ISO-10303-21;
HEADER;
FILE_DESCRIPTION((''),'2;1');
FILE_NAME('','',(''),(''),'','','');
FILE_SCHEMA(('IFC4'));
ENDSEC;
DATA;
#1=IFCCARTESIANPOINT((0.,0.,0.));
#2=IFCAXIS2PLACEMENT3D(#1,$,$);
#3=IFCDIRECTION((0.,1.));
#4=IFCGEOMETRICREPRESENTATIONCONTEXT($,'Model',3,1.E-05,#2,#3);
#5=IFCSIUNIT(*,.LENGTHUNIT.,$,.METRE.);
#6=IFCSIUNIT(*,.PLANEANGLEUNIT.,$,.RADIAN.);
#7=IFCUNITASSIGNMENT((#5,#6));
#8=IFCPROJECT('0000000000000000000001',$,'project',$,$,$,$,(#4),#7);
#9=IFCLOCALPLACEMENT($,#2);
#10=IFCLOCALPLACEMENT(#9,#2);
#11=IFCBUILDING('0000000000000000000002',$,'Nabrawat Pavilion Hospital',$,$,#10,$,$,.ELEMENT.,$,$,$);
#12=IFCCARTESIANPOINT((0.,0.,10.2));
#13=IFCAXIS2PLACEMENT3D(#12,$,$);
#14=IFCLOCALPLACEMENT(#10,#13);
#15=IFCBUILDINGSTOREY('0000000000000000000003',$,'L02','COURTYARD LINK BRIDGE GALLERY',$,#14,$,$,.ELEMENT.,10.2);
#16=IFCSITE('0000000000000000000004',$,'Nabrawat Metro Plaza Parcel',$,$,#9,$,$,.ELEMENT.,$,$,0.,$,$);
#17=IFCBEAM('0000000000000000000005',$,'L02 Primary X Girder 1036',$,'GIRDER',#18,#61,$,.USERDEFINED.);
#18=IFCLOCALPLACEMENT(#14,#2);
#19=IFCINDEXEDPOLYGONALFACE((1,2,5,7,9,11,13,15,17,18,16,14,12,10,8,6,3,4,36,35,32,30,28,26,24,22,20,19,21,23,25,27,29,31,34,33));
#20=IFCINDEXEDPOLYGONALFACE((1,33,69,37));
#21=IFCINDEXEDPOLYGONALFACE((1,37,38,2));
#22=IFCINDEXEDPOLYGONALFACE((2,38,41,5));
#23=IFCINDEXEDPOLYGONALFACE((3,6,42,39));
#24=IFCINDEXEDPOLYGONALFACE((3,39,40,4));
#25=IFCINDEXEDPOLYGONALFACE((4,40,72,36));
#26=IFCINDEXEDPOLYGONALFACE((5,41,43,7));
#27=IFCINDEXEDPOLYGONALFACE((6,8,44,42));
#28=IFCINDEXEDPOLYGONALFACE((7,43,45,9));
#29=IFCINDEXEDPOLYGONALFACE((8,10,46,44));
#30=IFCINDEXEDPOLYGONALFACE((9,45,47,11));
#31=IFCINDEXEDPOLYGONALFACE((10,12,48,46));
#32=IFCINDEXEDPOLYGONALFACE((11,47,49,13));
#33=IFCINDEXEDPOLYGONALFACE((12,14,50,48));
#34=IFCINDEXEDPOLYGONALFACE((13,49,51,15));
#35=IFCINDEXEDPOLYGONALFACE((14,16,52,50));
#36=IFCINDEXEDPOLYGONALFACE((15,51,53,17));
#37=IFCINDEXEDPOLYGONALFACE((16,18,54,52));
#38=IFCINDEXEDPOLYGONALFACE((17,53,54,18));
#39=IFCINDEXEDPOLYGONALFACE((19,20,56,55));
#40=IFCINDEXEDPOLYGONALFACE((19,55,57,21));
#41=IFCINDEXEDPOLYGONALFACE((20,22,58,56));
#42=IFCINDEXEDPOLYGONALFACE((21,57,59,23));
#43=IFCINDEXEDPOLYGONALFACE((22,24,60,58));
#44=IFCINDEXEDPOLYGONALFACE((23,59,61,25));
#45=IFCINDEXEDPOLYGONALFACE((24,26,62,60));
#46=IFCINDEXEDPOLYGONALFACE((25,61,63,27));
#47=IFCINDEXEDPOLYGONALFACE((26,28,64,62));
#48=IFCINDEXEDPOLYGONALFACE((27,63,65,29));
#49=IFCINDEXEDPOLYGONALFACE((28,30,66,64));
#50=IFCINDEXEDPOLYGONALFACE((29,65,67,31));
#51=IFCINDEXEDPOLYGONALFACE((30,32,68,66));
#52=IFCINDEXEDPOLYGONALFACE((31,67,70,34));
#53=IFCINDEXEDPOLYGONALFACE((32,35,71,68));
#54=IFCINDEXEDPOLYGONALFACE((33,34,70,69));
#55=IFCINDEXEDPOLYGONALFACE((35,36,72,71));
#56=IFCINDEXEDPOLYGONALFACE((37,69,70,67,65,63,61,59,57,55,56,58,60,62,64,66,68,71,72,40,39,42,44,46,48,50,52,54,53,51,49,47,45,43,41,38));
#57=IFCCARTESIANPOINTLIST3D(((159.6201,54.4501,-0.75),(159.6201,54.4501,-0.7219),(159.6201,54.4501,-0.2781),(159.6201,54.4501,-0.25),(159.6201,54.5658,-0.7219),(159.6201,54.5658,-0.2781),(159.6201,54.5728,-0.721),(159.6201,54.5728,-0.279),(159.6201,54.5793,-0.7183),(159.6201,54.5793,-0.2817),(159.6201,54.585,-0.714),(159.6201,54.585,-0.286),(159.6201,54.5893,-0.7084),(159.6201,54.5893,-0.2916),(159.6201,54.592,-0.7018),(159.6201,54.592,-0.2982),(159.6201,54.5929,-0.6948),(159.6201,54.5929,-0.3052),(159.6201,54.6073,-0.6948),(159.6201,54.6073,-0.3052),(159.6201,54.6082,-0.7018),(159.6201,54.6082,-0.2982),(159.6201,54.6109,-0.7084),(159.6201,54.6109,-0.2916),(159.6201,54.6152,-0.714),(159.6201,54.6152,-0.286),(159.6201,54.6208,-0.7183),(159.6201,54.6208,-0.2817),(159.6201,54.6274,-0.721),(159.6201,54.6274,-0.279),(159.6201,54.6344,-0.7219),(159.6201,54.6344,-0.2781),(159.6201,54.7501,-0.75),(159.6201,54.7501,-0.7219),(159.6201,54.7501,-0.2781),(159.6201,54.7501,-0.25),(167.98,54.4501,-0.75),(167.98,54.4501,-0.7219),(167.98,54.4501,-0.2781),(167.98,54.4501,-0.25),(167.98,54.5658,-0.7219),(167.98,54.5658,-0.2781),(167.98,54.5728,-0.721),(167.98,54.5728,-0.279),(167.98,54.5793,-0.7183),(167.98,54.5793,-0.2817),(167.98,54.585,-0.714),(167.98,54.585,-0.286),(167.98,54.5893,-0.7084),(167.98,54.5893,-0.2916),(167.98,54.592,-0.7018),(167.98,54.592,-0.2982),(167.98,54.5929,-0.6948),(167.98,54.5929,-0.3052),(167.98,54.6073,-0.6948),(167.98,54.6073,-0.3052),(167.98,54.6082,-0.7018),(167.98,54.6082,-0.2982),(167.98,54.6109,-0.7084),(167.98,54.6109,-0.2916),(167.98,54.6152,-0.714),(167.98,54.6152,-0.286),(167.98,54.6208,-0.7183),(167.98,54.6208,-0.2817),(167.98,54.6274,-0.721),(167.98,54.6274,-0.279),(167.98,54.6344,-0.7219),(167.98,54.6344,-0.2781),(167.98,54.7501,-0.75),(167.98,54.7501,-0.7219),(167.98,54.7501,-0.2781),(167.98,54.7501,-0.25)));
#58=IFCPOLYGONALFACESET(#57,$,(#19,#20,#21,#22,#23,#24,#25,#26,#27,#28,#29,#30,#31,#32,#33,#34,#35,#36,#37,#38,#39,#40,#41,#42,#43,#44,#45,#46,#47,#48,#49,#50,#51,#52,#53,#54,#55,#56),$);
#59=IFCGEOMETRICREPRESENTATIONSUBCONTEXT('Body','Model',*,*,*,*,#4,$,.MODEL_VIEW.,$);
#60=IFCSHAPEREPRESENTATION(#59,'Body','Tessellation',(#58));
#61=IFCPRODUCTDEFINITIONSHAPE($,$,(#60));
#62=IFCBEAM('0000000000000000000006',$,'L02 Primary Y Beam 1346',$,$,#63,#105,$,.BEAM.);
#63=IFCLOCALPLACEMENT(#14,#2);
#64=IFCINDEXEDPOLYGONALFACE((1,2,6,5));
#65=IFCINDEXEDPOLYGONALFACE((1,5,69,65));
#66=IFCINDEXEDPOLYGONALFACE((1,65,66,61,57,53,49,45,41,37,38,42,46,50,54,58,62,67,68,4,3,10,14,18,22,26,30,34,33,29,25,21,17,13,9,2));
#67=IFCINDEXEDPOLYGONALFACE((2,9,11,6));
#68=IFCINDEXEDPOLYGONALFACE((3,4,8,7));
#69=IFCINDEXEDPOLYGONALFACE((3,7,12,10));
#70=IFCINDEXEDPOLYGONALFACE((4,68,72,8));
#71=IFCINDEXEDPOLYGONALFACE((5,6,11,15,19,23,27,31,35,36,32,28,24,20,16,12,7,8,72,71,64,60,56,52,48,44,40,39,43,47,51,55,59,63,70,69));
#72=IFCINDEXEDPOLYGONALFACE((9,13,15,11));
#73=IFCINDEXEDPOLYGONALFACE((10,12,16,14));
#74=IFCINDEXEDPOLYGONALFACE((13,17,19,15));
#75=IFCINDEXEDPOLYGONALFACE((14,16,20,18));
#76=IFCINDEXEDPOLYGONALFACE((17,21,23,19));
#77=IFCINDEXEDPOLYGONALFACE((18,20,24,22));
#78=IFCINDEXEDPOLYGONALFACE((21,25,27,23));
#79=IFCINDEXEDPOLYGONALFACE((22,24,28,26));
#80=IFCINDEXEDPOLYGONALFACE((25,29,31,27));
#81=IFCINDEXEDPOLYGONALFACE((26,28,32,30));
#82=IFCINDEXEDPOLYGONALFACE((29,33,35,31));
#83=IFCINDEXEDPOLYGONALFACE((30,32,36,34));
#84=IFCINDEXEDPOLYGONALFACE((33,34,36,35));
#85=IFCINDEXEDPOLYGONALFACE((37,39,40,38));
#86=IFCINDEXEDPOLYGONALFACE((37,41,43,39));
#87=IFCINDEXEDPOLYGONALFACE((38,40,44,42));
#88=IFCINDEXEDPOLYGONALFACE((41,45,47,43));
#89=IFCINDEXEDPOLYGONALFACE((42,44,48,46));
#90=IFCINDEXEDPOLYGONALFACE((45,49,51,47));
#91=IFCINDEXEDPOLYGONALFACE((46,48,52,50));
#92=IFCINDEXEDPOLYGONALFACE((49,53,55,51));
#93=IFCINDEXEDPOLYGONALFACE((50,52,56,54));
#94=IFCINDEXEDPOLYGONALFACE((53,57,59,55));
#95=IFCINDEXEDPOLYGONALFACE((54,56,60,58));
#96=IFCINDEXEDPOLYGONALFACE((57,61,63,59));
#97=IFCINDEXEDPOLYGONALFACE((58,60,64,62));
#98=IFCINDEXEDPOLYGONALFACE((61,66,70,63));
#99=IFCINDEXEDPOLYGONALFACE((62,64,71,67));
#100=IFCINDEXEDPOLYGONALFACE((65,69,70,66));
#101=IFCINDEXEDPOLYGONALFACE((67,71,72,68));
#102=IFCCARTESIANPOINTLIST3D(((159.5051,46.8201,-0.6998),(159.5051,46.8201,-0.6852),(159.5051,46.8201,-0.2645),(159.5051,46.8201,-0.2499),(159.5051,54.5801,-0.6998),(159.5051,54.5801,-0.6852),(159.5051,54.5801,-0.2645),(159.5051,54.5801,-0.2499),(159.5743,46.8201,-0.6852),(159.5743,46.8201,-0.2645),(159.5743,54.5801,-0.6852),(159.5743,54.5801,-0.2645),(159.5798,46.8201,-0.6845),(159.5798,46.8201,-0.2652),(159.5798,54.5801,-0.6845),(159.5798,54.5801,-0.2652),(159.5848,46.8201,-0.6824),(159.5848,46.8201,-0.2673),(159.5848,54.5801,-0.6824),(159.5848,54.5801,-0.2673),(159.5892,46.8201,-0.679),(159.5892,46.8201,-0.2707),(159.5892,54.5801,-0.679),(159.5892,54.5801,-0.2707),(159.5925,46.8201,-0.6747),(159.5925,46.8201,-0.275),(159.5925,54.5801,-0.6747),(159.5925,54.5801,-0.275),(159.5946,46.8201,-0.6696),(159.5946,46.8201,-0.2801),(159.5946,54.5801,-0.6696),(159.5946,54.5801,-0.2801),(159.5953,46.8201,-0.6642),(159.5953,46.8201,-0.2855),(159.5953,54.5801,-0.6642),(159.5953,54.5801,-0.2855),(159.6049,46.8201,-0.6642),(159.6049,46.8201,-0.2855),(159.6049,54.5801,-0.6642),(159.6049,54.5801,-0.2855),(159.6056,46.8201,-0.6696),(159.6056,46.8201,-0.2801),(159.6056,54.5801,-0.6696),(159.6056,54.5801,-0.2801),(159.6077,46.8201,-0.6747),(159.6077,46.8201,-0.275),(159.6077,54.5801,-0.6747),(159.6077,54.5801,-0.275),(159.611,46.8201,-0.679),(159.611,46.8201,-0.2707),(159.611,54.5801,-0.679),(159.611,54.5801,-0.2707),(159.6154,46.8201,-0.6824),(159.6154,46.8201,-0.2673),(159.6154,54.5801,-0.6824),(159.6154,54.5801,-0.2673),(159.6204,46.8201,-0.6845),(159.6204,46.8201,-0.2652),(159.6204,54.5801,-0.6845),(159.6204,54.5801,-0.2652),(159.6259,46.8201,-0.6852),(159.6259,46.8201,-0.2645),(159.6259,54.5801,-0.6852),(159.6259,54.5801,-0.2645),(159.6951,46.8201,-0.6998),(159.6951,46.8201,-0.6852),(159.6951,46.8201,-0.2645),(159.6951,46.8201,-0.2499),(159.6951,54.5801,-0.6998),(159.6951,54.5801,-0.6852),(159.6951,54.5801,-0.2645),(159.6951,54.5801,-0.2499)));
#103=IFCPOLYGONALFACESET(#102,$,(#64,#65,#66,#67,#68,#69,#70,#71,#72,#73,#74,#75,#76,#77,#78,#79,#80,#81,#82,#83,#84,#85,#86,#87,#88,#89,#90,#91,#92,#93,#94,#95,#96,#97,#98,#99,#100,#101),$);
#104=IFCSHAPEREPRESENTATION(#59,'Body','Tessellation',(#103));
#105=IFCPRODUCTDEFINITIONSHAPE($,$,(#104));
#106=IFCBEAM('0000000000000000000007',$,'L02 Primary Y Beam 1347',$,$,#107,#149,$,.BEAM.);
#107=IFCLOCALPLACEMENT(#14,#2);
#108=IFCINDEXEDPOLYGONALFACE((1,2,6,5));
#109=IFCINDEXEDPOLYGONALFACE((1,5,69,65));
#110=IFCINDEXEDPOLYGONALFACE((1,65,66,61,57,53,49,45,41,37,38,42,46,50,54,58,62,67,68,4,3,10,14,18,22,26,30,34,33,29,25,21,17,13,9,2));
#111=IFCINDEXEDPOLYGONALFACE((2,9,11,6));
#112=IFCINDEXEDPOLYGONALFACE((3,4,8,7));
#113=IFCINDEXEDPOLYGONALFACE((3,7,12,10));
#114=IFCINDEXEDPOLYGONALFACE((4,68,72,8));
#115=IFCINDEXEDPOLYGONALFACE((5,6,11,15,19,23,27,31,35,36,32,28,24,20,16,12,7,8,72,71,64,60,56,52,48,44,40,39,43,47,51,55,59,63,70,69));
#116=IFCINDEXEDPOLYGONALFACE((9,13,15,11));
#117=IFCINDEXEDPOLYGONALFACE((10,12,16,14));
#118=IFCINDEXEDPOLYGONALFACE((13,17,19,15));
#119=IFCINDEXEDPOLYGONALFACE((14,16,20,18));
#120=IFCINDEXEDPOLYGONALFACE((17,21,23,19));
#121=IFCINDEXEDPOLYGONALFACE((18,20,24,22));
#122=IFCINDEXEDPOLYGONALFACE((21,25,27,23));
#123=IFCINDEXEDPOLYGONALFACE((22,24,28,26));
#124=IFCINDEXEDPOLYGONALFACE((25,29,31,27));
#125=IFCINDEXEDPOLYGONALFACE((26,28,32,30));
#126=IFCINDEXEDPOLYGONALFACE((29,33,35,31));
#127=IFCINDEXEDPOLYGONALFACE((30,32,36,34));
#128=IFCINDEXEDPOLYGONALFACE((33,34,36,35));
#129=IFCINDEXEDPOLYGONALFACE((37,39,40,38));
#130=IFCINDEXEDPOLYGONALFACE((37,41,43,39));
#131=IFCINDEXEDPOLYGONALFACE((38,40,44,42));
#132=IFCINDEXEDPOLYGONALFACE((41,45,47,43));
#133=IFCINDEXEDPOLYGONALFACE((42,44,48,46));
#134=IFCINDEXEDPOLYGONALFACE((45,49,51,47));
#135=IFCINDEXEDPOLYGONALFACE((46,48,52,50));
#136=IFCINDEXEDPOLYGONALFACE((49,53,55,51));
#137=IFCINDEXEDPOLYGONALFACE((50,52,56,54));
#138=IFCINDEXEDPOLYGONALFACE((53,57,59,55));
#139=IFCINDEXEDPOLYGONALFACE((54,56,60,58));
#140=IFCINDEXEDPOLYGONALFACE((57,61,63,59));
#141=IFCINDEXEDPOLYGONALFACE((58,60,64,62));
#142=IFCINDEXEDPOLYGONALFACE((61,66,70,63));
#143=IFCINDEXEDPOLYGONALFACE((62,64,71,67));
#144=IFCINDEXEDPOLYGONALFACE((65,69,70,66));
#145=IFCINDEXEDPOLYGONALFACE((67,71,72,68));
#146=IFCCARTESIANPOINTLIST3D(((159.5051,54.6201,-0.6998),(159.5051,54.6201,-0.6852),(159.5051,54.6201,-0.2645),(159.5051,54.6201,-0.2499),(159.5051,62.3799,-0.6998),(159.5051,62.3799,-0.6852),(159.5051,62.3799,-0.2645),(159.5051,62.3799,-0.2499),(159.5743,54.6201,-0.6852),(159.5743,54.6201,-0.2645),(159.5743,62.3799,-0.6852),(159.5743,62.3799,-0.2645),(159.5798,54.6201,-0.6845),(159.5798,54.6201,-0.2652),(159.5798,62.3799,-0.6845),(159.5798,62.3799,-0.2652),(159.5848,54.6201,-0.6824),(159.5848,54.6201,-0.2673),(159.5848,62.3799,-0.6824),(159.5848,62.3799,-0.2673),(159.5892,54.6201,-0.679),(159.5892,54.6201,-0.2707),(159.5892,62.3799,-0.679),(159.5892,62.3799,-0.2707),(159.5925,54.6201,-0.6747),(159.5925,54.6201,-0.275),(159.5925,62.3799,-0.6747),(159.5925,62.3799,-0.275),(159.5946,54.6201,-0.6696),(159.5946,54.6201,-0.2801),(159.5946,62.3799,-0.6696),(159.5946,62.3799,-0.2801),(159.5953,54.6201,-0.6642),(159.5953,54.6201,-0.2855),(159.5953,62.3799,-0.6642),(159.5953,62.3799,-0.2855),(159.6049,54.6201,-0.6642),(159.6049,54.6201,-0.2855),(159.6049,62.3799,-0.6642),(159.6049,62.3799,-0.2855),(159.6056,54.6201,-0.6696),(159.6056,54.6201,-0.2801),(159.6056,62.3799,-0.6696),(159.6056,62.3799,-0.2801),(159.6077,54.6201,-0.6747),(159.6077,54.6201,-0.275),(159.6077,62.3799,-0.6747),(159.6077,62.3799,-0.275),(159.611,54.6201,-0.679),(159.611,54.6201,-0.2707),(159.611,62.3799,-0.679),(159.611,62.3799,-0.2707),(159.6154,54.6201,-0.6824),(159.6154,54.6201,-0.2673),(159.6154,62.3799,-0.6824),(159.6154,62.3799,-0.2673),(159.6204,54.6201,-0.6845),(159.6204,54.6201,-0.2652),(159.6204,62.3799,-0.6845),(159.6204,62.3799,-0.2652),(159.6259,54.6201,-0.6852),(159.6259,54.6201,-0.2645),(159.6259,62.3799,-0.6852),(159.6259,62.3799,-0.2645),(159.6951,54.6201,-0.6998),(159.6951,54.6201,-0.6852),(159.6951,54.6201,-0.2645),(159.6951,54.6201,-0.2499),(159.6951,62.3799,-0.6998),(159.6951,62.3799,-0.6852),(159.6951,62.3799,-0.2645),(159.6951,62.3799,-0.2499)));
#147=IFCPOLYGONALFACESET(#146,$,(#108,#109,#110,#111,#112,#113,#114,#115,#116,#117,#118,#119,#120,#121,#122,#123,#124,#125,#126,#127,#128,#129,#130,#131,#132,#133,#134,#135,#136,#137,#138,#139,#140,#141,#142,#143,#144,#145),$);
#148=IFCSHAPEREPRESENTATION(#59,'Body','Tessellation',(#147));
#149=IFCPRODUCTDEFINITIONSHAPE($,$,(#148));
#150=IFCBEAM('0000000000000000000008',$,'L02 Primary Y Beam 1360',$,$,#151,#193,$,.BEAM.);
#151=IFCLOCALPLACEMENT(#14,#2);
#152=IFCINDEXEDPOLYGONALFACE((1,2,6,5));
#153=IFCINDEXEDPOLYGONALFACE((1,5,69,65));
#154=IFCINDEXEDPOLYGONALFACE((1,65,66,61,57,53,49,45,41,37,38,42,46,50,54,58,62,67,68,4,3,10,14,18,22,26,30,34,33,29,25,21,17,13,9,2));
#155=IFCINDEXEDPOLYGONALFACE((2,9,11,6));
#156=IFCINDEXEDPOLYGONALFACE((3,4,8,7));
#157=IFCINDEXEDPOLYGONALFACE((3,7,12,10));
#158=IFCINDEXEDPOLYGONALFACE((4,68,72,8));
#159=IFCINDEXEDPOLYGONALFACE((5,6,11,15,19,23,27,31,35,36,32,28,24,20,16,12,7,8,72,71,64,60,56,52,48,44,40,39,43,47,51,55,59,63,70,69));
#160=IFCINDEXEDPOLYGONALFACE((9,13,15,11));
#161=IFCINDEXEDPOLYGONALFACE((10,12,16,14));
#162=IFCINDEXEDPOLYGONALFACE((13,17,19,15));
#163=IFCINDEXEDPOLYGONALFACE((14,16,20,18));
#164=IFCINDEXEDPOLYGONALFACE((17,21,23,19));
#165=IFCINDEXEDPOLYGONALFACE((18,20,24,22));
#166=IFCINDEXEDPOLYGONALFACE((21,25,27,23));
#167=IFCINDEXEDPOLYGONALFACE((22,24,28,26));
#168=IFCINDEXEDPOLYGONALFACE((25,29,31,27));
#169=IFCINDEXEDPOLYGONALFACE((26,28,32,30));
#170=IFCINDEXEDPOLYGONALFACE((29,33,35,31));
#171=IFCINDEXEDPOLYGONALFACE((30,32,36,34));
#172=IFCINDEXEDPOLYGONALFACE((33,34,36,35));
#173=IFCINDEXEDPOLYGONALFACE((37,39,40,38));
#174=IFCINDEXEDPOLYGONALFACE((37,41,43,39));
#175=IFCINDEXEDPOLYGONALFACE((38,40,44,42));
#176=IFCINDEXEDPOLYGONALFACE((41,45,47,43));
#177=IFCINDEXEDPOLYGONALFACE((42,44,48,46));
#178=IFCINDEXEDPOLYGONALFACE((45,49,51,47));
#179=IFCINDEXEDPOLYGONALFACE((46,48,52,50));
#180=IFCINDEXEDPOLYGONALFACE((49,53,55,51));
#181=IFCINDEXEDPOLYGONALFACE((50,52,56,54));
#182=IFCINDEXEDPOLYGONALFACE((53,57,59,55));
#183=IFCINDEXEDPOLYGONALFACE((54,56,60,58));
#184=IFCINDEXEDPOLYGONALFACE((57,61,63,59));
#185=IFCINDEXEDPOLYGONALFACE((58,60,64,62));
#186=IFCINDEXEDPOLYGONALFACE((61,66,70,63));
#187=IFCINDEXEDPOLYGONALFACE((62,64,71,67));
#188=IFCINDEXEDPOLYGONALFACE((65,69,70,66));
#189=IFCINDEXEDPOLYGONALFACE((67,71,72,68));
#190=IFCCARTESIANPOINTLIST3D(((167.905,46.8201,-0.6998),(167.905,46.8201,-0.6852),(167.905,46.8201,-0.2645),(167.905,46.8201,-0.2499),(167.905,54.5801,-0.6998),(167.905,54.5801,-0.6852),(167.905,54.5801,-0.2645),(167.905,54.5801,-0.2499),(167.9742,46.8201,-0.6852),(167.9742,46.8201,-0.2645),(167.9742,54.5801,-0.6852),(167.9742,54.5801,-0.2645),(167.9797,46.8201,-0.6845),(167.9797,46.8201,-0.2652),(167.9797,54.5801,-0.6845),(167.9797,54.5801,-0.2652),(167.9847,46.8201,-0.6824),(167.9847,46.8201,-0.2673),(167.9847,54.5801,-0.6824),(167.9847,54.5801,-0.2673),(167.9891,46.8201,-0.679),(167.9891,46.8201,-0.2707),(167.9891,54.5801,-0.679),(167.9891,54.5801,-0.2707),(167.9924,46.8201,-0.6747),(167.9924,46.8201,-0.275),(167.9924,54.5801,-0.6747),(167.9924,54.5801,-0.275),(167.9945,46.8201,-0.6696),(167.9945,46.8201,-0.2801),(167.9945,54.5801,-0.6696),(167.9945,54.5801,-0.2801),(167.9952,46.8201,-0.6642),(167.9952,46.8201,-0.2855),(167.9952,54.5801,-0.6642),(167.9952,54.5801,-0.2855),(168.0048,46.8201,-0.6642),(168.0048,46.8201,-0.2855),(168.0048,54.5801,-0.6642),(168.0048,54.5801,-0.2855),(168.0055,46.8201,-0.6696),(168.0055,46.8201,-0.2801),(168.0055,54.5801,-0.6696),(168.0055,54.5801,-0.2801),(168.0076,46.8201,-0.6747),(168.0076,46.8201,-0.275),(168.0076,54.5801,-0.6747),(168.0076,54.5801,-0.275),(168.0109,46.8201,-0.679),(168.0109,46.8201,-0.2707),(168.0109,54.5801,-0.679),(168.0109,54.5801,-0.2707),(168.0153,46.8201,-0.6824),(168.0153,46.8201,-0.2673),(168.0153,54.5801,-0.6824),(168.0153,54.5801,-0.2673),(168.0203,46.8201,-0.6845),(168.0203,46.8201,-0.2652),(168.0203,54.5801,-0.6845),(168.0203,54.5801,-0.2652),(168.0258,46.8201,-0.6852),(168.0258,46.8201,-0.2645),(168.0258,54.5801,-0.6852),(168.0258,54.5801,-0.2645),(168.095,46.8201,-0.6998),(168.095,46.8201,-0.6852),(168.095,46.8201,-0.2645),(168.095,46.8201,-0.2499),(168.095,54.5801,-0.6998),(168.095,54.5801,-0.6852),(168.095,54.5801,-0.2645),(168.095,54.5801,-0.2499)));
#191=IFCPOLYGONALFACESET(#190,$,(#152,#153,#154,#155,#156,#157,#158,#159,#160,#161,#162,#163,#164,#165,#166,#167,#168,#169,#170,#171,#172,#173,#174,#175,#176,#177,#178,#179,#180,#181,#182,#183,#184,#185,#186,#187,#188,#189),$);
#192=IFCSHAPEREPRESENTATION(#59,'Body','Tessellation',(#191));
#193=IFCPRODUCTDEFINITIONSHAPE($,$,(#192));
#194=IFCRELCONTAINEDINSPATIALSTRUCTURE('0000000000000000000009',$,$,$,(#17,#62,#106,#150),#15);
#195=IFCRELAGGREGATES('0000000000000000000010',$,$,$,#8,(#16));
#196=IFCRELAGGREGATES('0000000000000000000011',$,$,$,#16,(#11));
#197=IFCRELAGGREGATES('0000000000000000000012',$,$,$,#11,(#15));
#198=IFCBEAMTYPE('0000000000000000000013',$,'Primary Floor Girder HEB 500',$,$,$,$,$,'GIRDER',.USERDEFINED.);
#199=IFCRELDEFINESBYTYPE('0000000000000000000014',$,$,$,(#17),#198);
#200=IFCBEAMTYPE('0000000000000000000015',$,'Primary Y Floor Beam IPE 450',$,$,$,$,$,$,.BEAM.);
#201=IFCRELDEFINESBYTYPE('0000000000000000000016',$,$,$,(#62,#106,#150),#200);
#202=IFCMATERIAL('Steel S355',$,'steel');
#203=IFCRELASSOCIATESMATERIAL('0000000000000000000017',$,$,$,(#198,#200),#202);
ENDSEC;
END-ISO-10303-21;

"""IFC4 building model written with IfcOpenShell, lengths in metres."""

from ifc_helpers import new_model, si_unit, direction, frame, origin, origin_2d, place, context, subcontext, project, spatial, i_section, extrude, material, material_profile, profile_set, type_object, element, save


model = new_model("IFC4")

# Units and contexts
model_context = context("Model", 3, precision=1e-05, world=origin(), true_north=direction((0.0, 1.0)))
body_context = subcontext(model_context, "Body", "Model", "MODEL_VIEW")
ifc_project = project(units=[si_unit("LENGTHUNIT", "METRE"), si_unit("PLANEANGLEUNIT", "RADIAN")], contexts=[model_context])

# Site, building, storey
site_placement = place(None, origin())
site = spatial("IfcSite", under=ifc_project, at=site_placement, Name="Nabrawat Metro Plaza Parcel", CompositionType="ELEMENT", RefElevation=0.0)
building_placement = place(site_placement, origin())
building = spatial("IfcBuilding", under=site, at=building_placement, Name="Nabrawat Pavilion Hospital", CompositionType="ELEMENT")
storey_placement = place(building_placement, frame((0.0, 0.0, 10.2)))
storey = spatial("IfcBuildingStorey", under=building, at=storey_placement, Name="L02", Description="COURTYARD LINK BRIDGE GALLERY", CompositionType="ELEMENT", Elevation=10.2)

# Shared definitions
ifc_material_1 = material(Name="Steel S355", Category="steel")

# Beams
ifc_material_profile_1 = material_profile(ifc_material_1, i_section(OverallWidth=0.3, OverallDepth=0.5, WebThickness=0.0144, FlangeThickness=0.0281, FilletRadius=0.0271, at=origin_2d()), Name="HEB 500")
ifc_profile_set_1 = profile_set([ifc_material_profile_1], Name="Steel S355")
beam_type_1 = type_object("IfcBeamType", Name="Primary Floor Girder HEB 500", ElementType="GIRDER", PredefinedType="USERDEFINED", material=ifc_profile_set_1)
for number, where, z_axis, x_axis, name in (
    (1, (159.6201, 54.6001, -0.5), (1.0, 0.0, 0.0), (0.0, 1.0, 0.0), "L02 Primary X Girder 1036"),
):
    element("IfcBeam", number, at=place(storey_placement, frame(where, z_axis=z_axis, x_axis=x_axis)), inside=storey, type_object=beam_type_1, Name=name, ObjectType="GIRDER", PredefinedType="USERDEFINED", context=body_context, shape_type="SweptSolid", body=[
        extrude(i_section(OverallWidth=0.3, OverallDepth=0.5, WebThickness=0.0144, FlangeThickness=0.0281, FilletRadius=0.0271, at=origin_2d()), origin(), (0.0, 0.0, 1.0), 8.3599),
    ])
ifc_material_profile_2 = material_profile(ifc_material_1, i_section(OverallWidth=0.1899, OverallDepth=0.45, WebThickness=0.0095, FlangeThickness=0.0146, FilletRadius=0.021, at=origin_2d()), Name="IPE 450")
ifc_profile_set_2 = profile_set([ifc_material_profile_2], Name="Steel S355")
beam_type_2 = type_object("IfcBeamType", Name="Primary Y Floor Beam IPE 450", PredefinedType="BEAM", material=ifc_profile_set_2)
beam_1_placement = place(storey_placement, frame((159.6001, 46.8201, -0.4749), z_axis=(0.0, 1.0, 0.0), x_axis=(-1.0, 0.0, 0.0)))
element("IfcBeam", 2, at=beam_1_placement, inside=storey, type_object=beam_type_2, Name="L02 Primary Y Beam 1346", PredefinedType="BEAM", context=body_context, shape_type="SweptSolid", body=[
    extrude(i_section(OverallWidth=0.1899, OverallDepth=0.45, WebThickness=0.0095, FlangeThickness=0.0146, FilletRadius=0.021, at=origin_2d()), origin(), (0.0, 0.0, 1.0), 7.76),
])
beam_2_placement = place(storey_placement, frame((159.6001, 54.6201, -0.4749), z_axis=(0.0, 1.0, 0.0), x_axis=(-1.0, 0.0, 0.0)))
element("IfcBeam", 3, at=beam_2_placement, inside=storey, type_object=beam_type_2, Name="L02 Primary Y Beam 1347", PredefinedType="BEAM", context=body_context, shape_type="SweptSolid", body=[
    extrude(i_section(OverallWidth=0.1899, OverallDepth=0.45, WebThickness=0.0095, FlangeThickness=0.0146, FilletRadius=0.021, at=origin_2d()), origin(), (0.0, 0.0, 1.0), 7.7598),
])
beam_3_placement = place(storey_placement, frame((168.0, 46.8201, -0.4749), z_axis=(0.0, 1.0, 0.0), x_axis=(-1.0, 0.0, 0.0)))
element("IfcBeam", 4, at=beam_3_placement, inside=storey, type_object=beam_type_2, Name="L02 Primary Y Beam 1360", PredefinedType="BEAM", context=body_context, shape_type="SweptSolid", body=[
    extrude(i_section(OverallWidth=0.1899, OverallDepth=0.45, WebThickness=0.0095, FlangeThickness=0.0146, FilletRadius=0.021, at=origin_2d()), origin(), (0.0, 0.0, 1.0), 7.76),
])

save(model, "model.ifc")
